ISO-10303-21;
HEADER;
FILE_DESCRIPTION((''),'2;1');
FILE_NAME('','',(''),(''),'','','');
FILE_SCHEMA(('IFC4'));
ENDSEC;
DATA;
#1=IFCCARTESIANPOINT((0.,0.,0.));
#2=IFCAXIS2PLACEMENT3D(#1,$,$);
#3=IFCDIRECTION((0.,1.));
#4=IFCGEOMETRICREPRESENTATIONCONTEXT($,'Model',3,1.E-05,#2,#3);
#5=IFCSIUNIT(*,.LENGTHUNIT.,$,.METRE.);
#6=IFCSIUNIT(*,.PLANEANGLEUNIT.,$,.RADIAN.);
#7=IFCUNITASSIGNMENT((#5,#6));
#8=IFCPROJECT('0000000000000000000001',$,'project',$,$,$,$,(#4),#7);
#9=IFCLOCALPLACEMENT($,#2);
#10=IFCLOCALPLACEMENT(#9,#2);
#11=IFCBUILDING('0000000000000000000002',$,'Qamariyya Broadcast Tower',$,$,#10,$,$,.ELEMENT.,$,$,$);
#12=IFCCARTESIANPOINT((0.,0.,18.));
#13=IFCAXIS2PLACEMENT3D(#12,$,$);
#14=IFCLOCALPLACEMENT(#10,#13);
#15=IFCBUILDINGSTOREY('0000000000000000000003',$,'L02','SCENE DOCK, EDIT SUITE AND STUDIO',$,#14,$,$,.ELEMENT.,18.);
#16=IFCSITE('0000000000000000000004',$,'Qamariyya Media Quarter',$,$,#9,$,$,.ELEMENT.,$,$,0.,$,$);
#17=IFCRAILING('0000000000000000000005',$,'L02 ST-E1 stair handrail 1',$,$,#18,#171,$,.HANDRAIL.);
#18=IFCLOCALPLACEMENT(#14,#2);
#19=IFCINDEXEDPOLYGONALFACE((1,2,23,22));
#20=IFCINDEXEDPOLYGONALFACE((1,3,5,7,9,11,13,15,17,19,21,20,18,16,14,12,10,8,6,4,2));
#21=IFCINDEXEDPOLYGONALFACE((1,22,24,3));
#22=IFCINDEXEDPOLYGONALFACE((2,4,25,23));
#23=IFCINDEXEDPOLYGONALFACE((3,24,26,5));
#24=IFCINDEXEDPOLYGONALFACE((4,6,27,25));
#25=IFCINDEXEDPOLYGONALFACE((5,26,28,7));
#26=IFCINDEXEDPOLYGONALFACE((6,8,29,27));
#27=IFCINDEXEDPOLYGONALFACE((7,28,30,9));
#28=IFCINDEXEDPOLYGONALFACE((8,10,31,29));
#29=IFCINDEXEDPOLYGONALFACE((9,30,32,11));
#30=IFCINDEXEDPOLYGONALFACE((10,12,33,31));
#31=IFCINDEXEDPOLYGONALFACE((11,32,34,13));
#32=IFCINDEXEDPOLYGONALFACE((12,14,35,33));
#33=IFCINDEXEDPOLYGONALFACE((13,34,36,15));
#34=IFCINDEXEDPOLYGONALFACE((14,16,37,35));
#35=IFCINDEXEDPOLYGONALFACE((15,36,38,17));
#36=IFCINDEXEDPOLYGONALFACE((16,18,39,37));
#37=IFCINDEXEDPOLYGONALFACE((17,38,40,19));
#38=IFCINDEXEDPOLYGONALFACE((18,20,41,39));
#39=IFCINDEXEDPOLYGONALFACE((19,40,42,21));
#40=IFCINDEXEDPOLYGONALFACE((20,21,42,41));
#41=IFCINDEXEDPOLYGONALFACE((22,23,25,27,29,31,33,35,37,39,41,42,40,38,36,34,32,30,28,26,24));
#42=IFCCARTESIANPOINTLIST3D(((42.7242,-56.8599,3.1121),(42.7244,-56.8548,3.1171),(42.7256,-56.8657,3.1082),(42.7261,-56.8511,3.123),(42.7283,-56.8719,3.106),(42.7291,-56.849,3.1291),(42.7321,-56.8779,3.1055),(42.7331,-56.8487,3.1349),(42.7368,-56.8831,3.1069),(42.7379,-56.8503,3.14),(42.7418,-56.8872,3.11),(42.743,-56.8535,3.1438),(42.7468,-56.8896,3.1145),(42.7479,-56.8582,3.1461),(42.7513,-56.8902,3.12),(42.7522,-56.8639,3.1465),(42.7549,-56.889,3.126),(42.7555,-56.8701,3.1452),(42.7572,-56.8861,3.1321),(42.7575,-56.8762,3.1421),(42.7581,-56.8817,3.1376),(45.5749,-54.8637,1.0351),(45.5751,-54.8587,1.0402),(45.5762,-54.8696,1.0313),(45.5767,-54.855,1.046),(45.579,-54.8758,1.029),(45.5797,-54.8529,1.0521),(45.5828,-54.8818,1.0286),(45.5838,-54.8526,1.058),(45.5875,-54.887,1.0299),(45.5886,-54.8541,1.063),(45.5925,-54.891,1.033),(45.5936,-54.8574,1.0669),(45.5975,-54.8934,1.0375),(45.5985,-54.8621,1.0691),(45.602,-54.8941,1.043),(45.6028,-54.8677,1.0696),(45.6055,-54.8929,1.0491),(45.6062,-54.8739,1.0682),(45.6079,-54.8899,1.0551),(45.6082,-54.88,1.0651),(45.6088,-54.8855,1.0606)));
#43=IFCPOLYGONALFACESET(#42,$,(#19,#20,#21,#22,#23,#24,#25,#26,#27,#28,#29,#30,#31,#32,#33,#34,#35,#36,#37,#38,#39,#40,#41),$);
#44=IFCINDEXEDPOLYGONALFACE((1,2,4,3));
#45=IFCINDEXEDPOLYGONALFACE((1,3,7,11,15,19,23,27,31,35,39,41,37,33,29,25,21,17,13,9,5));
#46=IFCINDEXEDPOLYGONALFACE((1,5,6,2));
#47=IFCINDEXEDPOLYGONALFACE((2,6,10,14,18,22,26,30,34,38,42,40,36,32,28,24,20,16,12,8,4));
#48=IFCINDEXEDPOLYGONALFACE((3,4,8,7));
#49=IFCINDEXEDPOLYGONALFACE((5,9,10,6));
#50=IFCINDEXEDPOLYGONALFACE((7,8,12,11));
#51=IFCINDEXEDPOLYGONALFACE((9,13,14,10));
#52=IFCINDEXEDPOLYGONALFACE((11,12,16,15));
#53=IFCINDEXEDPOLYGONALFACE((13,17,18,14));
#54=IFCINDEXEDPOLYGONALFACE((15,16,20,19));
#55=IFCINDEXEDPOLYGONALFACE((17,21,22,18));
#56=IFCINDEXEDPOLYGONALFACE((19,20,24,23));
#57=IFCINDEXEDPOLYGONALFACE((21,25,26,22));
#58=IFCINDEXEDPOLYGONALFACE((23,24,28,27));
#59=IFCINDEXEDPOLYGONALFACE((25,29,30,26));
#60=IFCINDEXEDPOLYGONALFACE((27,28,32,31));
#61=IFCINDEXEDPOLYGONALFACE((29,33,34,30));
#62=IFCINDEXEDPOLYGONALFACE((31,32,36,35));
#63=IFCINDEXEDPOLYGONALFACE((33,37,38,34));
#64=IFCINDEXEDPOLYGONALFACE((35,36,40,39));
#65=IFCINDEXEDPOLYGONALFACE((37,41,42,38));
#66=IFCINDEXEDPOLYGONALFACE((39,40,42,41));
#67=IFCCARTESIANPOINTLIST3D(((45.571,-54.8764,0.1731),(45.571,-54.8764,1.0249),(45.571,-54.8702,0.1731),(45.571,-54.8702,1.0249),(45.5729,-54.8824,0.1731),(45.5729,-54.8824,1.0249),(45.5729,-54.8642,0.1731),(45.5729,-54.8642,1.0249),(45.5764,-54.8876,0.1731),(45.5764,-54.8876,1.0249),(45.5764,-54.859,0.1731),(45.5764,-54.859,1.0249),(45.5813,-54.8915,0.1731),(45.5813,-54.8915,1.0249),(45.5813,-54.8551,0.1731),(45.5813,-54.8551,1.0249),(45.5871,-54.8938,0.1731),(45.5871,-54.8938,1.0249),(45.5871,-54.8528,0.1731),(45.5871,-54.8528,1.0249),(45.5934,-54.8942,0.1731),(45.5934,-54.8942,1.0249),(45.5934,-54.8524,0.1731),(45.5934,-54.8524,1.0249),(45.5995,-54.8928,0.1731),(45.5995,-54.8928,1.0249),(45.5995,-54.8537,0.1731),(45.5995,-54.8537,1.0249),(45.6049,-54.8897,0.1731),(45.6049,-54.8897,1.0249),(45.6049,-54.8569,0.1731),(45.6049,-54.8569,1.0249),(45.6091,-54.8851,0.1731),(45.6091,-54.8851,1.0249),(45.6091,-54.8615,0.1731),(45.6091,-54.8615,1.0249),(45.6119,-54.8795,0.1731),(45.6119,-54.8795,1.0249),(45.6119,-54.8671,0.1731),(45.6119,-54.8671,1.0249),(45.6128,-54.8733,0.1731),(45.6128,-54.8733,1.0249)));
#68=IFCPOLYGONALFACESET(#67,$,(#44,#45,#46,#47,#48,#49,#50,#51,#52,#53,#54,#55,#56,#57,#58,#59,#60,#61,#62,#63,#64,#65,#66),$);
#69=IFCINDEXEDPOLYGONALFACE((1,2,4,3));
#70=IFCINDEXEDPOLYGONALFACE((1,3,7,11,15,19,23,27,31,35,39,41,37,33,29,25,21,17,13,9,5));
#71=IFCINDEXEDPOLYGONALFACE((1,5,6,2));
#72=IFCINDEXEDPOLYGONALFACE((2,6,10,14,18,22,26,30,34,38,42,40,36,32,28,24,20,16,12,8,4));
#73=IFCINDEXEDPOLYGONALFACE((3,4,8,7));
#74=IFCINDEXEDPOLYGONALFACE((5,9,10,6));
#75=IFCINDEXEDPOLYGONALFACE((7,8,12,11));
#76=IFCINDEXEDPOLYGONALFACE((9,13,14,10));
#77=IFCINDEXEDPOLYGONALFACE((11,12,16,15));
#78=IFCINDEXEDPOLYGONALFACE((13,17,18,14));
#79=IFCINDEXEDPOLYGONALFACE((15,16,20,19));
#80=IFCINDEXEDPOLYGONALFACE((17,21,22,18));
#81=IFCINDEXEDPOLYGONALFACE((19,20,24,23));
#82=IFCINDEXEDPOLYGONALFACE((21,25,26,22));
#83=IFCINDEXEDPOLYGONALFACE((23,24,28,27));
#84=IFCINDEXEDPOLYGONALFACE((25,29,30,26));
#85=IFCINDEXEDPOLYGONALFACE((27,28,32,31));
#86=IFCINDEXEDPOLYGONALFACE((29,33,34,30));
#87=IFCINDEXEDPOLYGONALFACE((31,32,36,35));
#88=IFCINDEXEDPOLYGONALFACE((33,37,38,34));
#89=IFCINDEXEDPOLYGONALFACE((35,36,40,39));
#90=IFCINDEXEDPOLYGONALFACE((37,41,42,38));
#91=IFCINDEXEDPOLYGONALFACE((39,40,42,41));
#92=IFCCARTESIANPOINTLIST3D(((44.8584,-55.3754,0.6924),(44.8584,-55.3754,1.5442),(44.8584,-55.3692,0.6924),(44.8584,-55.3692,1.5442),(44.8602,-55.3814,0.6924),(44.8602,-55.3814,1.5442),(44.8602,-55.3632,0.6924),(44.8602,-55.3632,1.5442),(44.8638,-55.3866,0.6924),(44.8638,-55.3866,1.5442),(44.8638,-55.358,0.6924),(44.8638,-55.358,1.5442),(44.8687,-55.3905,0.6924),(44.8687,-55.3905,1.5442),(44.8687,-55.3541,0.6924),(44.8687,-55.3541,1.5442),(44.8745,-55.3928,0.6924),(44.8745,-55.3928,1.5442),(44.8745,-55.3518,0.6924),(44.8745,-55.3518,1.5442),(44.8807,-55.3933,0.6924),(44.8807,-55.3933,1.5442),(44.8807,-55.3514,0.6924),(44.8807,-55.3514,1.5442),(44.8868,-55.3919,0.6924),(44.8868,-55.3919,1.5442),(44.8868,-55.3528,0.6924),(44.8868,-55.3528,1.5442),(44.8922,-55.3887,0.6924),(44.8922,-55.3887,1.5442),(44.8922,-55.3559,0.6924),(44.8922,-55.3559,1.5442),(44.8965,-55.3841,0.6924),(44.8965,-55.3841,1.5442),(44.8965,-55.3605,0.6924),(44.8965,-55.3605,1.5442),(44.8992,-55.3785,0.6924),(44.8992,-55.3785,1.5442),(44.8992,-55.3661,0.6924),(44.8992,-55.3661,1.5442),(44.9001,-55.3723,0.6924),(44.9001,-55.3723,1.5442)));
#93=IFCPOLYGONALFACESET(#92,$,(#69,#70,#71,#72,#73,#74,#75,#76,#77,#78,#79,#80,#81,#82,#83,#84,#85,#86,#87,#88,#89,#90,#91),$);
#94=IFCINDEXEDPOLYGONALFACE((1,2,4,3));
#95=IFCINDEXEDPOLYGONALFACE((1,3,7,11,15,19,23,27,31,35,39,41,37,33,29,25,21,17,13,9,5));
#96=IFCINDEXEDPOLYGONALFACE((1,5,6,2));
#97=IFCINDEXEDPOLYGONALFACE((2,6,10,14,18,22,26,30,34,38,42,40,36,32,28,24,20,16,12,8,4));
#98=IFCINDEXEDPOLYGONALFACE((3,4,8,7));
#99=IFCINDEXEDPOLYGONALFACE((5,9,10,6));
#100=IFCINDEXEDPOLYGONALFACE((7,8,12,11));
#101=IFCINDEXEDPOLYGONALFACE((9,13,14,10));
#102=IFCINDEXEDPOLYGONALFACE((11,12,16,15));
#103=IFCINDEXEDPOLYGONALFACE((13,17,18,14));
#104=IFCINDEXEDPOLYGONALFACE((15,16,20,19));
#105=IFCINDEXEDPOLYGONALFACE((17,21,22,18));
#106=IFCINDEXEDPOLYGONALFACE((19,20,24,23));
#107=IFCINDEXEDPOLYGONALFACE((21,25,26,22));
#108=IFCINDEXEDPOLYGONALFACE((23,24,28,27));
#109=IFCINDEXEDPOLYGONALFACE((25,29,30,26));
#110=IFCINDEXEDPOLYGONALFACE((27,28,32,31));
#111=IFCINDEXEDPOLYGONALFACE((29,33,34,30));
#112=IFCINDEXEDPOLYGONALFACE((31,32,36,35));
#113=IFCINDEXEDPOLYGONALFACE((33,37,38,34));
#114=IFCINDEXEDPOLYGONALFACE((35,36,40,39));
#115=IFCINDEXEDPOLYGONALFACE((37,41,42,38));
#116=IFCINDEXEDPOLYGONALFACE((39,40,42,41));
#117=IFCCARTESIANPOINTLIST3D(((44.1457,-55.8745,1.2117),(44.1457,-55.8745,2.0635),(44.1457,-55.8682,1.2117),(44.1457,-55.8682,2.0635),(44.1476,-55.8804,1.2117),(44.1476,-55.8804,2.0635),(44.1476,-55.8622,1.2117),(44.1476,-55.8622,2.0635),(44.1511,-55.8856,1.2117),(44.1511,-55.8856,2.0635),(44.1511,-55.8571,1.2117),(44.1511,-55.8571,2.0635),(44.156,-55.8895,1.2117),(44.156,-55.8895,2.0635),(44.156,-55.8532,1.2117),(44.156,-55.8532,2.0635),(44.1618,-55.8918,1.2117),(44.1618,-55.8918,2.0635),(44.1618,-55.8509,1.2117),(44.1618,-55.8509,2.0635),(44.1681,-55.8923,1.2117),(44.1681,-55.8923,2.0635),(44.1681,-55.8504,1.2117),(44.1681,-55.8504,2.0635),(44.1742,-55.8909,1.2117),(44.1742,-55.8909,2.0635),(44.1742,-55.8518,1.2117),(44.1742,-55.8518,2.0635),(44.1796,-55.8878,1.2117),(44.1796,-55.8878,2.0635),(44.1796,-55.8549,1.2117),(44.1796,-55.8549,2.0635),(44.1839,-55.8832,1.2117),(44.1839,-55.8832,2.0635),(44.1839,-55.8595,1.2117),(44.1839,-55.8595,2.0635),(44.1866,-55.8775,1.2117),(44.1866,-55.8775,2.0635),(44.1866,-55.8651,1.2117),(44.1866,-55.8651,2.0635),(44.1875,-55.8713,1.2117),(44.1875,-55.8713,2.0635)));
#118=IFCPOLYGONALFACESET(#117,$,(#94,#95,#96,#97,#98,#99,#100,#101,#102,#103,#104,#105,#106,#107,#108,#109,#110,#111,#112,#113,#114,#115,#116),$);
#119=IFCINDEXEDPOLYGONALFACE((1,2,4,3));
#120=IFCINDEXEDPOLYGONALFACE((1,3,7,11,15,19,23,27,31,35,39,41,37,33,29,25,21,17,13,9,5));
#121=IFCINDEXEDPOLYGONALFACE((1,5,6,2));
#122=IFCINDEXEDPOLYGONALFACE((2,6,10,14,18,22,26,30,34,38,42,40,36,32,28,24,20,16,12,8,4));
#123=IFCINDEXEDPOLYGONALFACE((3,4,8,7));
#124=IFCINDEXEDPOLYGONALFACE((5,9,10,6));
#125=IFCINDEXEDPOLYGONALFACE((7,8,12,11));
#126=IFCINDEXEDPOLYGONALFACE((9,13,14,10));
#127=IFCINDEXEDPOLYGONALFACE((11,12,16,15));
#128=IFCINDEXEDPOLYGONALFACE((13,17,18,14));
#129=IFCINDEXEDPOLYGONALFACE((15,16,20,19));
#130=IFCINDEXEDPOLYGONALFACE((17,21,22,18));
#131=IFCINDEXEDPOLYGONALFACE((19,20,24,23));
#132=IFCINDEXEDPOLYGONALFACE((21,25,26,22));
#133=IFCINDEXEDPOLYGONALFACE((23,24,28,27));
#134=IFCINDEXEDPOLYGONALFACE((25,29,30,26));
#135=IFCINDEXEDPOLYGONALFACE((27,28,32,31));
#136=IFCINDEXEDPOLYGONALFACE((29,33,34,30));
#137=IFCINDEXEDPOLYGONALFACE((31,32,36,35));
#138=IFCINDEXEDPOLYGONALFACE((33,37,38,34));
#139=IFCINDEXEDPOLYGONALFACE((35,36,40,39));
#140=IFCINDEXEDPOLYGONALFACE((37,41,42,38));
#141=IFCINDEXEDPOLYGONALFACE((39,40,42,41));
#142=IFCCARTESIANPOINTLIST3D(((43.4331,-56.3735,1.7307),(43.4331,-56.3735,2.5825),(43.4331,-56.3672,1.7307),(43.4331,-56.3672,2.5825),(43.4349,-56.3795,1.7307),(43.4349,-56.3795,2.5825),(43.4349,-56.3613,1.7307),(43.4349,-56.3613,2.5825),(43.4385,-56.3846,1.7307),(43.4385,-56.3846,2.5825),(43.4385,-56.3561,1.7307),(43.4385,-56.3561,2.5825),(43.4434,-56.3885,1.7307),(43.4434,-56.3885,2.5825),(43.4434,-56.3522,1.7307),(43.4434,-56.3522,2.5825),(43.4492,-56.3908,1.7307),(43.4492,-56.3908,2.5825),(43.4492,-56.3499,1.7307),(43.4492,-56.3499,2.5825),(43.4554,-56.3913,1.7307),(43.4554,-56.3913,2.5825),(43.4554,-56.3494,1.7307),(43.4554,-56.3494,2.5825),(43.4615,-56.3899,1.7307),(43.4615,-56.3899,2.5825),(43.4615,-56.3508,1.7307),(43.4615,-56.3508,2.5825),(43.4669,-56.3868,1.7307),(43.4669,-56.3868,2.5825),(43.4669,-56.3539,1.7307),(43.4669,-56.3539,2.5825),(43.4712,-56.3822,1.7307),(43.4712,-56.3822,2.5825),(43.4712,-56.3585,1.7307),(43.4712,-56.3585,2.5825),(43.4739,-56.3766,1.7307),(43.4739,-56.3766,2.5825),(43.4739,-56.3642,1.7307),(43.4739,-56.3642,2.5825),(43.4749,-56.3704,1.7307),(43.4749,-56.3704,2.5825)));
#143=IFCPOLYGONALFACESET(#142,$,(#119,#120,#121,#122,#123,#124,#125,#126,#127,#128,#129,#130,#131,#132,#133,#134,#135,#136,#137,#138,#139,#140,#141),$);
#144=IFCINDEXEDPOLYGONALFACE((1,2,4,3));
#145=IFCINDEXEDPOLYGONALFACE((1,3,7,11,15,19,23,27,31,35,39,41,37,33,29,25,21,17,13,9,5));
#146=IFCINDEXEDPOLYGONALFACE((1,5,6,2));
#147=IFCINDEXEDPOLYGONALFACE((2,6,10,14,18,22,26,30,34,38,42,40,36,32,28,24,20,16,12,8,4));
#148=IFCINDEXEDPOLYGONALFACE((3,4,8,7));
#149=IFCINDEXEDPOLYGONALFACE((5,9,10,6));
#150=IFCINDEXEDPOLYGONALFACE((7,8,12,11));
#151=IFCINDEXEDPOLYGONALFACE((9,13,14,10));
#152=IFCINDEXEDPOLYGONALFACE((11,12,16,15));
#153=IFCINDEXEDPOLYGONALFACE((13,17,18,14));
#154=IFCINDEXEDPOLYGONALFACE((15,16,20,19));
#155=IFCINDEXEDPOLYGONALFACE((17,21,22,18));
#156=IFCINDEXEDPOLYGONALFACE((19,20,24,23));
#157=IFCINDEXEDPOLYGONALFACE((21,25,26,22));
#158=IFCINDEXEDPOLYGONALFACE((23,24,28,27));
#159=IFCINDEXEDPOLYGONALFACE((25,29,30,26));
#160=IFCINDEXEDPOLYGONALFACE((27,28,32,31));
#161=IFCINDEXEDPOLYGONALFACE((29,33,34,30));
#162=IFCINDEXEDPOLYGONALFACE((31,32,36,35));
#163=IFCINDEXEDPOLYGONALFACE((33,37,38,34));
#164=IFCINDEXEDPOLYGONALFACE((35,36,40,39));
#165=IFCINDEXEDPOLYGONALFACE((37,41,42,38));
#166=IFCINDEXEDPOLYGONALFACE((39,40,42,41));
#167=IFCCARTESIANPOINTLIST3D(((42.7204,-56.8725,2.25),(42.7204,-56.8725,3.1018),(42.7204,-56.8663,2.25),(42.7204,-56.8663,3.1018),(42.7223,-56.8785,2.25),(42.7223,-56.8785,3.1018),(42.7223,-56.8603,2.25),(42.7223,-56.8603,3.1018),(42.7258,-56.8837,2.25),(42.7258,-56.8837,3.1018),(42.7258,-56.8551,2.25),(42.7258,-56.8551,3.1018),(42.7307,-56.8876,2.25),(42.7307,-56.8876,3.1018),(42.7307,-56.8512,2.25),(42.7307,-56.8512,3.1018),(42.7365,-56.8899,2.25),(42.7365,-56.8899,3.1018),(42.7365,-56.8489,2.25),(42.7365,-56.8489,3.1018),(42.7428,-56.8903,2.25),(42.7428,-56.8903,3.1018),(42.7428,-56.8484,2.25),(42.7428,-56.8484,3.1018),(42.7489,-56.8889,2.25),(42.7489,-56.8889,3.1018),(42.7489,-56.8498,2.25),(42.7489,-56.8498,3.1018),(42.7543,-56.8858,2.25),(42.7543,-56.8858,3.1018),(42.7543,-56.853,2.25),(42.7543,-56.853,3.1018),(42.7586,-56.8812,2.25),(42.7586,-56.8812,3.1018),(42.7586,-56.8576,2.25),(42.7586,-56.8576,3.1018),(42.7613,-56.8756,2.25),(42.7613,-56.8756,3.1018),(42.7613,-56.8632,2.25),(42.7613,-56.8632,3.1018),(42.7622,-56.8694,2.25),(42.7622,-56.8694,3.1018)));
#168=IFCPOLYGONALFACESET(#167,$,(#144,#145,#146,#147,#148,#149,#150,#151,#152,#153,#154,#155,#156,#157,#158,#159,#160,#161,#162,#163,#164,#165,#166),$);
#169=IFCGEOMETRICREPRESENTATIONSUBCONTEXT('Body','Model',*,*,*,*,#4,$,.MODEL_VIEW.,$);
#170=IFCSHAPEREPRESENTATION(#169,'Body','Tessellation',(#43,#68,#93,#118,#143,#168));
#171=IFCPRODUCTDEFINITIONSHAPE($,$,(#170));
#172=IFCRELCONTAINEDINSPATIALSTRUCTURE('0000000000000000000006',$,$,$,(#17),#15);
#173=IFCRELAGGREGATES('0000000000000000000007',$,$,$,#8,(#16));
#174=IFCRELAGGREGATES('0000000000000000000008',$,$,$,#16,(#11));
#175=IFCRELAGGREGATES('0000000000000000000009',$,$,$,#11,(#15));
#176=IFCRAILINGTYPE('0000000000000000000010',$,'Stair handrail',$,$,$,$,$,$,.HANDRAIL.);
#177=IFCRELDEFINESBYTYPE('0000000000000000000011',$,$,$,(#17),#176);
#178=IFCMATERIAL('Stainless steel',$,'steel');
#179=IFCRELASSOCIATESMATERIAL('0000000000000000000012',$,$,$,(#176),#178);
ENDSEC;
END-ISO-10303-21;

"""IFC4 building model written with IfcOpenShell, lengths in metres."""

from ifc_helpers import new_model, si_unit, direction, frame, origin, origin_2d, place, context, subcontext, project, spatial, circle, extrude, material, type_object, element, save


model = new_model("IFC4")

# Units and contexts
model_context = context("Model", 3, precision=1e-05, world=origin(), true_north=direction((0.0, 1.0)))
body_context = subcontext(model_context, "Body", "Model", "MODEL_VIEW")
ifc_project = project(units=[si_unit("LENGTHUNIT", "METRE"), si_unit("PLANEANGLEUNIT", "RADIAN")], contexts=[model_context])

# Site, building, storey
site_placement = place(None, origin())
site = spatial("IfcSite", under=ifc_project, at=site_placement, Name="Qamariyya Media Quarter", CompositionType="ELEMENT", RefElevation=0.0)
building_placement = place(site_placement, origin())
building = spatial("IfcBuilding", under=site, at=building_placement, Name="Qamariyya Broadcast Tower", CompositionType="ELEMENT")
storey_placement = place(building_placement, frame((0.0, 0.0, 18.0)))
storey = spatial("IfcBuildingStorey", under=building, at=storey_placement, Name="L02", Description="SCENE DOCK, EDIT SUITE AND STUDIO", CompositionType="ELEMENT", Elevation=18.0)

# Railing
ifc_material_1 = material(Name="Stainless steel", Category="steel")
railing_type_1 = type_object("IfcRailingType", Name="Stair handrail", PredefinedType="HANDRAIL", material=ifc_material_1)
railing_1_placement = place(storey_placement, frame((45.5918, -54.8733, 0.1731)))
element("IfcRailing", 1, at=railing_1_placement, inside=storey, type_object=railing_type_1, Name="L02 ST-E1 stair handrail 1", PredefinedType="HANDRAIL", context=body_context, shape_type="SweptSolid", body=[
    extrude(circle(Radius=0.0239, at=origin_2d()), frame((0.0, 0.0, 0.876), z_axis=(-0.703393, -0.492544, 0.512484), x_axis=(0.573594, -0.81914, 0.0)), (0.0, 0.0, 1.0), 4.0527),
    extrude(circle(Radius=0.021, at=origin_2d()), origin(), (0.0, 0.0, 1.0), 0.8518),
    extrude(circle(Radius=0.021, at=origin_2d()), frame((-0.7126, -0.499, 0.5193)), (0.0, 0.0, 1.0), 0.8518),
    extrude(circle(Radius=0.021, at=origin_2d()), frame((-1.4253, -0.998, 1.0386)), (0.0, 0.0, 1.0), 0.8518),
    extrude(circle(Radius=0.021, at=origin_2d()), frame((-2.1379, -1.4971, 1.5576)), (0.0, 0.0, 1.0), 0.8518),
    extrude(circle(Radius=0.021, at=origin_2d()), frame((-2.8506, -1.9961, 2.0769)), (0.0, 0.0, 1.0), 0.8518),
])

save(model, "model.ifc")
